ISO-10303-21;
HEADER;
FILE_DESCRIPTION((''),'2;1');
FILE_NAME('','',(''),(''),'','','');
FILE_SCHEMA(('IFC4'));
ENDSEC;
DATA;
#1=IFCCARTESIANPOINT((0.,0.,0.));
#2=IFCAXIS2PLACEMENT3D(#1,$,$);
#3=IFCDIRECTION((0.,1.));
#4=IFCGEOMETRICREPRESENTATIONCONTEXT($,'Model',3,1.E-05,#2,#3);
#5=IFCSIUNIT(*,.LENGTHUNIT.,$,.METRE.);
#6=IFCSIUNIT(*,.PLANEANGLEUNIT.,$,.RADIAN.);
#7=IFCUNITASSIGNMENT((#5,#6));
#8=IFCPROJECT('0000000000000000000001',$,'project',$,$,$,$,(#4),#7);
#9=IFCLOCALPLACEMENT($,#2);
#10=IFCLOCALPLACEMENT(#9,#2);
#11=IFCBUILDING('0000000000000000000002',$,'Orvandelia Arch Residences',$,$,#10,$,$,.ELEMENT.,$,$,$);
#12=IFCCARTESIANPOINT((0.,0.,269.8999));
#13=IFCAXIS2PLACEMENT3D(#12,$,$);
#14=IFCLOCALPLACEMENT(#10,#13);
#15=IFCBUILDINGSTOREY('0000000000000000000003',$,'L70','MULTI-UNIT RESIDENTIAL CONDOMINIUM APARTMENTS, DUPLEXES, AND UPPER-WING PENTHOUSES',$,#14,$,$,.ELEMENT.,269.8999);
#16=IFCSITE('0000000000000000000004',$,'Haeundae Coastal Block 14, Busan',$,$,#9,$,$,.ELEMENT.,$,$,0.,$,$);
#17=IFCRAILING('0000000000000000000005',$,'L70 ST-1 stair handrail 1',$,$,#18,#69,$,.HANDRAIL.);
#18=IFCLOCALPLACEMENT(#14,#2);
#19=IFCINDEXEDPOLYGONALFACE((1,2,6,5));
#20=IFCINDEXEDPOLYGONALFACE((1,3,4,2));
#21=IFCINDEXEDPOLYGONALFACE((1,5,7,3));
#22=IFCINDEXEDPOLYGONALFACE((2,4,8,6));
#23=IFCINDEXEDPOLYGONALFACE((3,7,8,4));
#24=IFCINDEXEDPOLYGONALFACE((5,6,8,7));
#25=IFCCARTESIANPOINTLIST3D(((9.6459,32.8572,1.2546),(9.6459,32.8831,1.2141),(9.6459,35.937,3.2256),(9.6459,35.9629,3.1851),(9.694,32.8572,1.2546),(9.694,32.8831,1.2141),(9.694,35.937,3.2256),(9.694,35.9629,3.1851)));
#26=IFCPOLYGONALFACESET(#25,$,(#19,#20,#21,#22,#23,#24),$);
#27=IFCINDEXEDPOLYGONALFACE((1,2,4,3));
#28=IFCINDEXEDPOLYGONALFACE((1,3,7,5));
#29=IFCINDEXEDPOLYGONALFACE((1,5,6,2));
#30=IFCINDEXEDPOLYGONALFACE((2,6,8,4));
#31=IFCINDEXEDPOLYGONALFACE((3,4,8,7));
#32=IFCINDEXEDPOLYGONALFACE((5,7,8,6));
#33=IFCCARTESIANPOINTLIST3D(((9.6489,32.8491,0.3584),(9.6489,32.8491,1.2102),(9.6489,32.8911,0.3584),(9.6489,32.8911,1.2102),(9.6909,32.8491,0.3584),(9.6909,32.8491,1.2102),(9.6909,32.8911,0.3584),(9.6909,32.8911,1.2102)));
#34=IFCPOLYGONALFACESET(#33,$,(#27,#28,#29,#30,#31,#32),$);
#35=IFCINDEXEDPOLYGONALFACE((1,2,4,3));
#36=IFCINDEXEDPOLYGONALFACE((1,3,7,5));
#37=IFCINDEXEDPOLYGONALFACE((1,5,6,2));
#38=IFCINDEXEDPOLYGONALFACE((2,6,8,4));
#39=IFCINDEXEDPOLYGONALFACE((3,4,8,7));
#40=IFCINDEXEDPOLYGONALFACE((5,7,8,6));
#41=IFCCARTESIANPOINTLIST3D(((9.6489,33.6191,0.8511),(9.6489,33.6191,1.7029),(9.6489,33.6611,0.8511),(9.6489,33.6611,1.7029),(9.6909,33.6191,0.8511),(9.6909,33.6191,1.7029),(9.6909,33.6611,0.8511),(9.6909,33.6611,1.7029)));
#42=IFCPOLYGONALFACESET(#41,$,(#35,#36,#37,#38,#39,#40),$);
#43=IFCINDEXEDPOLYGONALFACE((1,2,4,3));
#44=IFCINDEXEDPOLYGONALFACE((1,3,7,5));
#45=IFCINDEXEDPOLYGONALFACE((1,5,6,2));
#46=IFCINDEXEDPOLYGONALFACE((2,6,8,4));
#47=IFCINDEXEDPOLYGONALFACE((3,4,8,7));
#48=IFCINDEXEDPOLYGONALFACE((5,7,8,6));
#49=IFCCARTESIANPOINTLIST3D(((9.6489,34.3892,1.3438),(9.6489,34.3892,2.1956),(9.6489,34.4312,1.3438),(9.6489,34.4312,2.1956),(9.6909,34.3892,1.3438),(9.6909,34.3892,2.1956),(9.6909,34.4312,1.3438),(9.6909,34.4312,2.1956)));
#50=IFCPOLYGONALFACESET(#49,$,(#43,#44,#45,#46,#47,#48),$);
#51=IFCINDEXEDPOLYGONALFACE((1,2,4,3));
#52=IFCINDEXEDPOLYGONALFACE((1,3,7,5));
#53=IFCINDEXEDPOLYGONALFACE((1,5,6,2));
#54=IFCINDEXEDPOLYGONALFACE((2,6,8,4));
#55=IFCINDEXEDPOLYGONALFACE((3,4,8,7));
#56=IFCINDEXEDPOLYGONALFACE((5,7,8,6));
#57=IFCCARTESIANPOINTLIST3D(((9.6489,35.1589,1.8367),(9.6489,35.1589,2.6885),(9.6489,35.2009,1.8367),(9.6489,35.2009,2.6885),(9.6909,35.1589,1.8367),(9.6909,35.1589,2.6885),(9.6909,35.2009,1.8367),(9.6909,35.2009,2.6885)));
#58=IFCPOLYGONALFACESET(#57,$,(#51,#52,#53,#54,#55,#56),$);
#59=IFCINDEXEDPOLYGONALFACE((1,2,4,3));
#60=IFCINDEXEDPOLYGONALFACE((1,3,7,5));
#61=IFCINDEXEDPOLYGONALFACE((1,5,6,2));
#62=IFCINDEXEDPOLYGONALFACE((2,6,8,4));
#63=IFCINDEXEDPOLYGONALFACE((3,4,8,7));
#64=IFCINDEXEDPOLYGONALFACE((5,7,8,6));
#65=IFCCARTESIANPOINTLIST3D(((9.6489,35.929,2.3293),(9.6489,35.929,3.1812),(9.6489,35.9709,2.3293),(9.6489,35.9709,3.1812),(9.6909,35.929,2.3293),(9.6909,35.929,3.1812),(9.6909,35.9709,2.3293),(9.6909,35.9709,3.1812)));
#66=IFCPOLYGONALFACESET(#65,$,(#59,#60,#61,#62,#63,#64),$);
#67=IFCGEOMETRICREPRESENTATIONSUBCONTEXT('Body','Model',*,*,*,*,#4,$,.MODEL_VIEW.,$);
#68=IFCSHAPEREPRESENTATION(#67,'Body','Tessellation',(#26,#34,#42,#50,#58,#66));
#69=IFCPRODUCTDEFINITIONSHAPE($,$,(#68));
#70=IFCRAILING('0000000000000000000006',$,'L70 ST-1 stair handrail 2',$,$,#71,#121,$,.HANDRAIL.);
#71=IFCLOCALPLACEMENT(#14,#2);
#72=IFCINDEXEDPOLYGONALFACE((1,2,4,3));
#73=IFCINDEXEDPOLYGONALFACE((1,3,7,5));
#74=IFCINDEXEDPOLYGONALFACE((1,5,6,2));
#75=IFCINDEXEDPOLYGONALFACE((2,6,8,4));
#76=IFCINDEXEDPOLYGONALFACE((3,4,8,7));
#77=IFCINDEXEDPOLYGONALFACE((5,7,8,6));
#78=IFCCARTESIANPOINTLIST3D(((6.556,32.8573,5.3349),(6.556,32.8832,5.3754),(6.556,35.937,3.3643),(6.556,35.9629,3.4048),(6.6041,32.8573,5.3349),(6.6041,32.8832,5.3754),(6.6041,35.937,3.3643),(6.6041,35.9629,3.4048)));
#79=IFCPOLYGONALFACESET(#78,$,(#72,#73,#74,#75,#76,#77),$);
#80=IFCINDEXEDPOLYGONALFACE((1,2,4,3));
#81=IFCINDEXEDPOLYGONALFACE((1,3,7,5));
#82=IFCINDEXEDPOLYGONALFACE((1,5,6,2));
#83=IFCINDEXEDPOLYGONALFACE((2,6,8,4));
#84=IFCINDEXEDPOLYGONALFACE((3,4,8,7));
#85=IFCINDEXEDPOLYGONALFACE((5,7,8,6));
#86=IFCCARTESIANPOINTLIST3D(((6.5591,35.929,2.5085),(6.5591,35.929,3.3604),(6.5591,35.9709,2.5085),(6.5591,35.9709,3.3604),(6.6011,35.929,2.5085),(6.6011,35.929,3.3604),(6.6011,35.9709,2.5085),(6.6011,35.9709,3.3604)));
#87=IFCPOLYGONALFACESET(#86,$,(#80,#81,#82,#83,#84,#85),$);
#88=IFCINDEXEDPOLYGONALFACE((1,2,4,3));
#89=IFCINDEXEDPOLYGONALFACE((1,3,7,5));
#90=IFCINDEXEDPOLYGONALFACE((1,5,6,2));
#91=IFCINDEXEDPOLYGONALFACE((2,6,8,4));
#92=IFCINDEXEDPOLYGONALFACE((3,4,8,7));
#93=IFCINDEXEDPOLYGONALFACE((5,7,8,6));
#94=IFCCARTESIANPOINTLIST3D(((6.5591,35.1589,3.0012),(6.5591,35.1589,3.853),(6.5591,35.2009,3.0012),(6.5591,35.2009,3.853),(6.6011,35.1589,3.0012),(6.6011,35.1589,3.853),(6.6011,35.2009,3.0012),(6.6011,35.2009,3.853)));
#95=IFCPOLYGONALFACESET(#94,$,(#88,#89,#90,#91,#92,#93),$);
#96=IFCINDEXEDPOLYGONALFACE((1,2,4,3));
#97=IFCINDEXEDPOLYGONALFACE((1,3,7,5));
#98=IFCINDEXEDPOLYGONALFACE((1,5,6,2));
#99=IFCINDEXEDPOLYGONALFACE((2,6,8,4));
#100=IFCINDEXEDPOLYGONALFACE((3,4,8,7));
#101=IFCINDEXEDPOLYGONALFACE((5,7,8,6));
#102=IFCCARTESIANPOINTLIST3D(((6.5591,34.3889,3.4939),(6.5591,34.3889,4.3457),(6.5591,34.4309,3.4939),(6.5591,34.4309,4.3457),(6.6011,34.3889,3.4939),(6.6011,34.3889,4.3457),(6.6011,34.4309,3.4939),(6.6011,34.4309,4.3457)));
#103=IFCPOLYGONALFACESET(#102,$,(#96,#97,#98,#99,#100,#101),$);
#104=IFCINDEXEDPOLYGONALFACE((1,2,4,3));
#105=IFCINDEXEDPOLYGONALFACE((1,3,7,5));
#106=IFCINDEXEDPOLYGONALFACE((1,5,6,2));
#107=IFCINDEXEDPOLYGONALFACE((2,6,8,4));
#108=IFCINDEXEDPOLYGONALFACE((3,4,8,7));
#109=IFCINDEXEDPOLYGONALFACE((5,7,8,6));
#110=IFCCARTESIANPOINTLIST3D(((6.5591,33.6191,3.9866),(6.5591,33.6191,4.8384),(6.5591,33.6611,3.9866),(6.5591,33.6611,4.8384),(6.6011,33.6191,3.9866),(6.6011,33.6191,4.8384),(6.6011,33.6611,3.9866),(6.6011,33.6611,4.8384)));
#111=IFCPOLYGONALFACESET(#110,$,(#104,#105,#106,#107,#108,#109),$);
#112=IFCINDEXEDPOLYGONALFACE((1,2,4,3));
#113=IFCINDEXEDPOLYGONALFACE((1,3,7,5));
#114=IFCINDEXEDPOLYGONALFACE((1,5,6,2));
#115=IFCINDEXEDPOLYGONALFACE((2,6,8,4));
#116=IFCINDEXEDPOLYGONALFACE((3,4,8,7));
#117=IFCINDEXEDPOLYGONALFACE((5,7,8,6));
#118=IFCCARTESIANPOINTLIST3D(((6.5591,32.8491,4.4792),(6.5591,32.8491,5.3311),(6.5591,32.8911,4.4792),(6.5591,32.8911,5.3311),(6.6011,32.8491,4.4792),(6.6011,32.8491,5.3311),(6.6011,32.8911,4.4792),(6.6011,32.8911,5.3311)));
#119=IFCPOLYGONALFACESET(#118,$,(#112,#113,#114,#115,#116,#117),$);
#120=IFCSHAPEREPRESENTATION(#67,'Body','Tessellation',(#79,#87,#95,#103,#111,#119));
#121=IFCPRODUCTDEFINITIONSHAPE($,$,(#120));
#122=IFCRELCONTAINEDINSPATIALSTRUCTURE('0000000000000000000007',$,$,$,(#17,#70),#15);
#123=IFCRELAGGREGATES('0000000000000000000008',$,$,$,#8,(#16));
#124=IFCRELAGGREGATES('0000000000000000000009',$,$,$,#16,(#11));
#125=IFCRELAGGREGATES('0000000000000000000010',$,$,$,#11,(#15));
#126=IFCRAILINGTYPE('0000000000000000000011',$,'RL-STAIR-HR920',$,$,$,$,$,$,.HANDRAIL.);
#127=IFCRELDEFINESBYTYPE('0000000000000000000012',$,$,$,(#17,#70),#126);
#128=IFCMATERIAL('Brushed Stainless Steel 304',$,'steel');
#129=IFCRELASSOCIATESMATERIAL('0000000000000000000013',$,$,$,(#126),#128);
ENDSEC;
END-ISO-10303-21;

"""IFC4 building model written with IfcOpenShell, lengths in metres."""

from ifc_helpers import new_model, si_unit, direction, frame, origin, origin_2d, place, context, subcontext, project, spatial, rectangle, extrude, material, type_object, element, save


model = new_model("IFC4")

# Units and contexts
model_context = context("Model", 3, precision=1e-05, world=origin(), true_north=direction((0.0, 1.0)))
body_context = subcontext(model_context, "Body", "Model", "MODEL_VIEW")
ifc_project = project(units=[si_unit("LENGTHUNIT", "METRE"), si_unit("PLANEANGLEUNIT", "RADIAN")], contexts=[model_context])

# Site, building, storey
site_placement = place(None, origin())
site = spatial("IfcSite", under=ifc_project, at=site_placement, Name="Haeundae Coastal Block 14, Busan", CompositionType="ELEMENT", RefElevation=0.0)
building_placement = place(site_placement, origin())
building = spatial("IfcBuilding", under=site, at=building_placement, Name="Orvandelia Arch Residences", CompositionType="ELEMENT")
storey_placement = place(building_placement, frame((0.0, 0.0, 269.8999)))
storey = spatial("IfcBuildingStorey", under=building, at=storey_placement, Name="L70", Description="MULTI-UNIT RESIDENTIAL CONDOMINIUM APARTMENTS, DUPLEXES, AND UPPER-WING PENTHOUSES", CompositionType="ELEMENT", Elevation=269.8999)

# Railings
ifc_material_1 = material(Name="Brushed Stainless Steel 304", Category="steel")
railing_type_1 = type_object("IfcRailingType", Name="RL-STAIR-HR920", PredefinedType="HANDRAIL", material=ifc_material_1)
railing_1_placement = place(storey_placement, frame((9.6699, 32.8701, 0.3584)))
element("IfcRailing", 1, at=railing_1_placement, inside=storey, type_object=railing_type_1, Name="L70 ST-1 stair handrail 1", PredefinedType="HANDRAIL", context=body_context, shape_type="SweptSolid", body=[
    extrude(rectangle(XDim=0.0481, YDim=0.0481, at=origin_2d()), frame((0.0, 0.0, 0.876), z_axis=(0.0, 0.84229, 0.539025), x_axis=(-1.0, 0.0, 0.0)), (0.0, 0.0, 1.0), 3.6565),
    extrude(rectangle(XDim=0.042, YDim=0.042, at=origin_2d()), origin(), (0.0, 0.0, 1.0), 0.8518),
    extrude(rectangle(XDim=0.042, YDim=0.042, at=origin_2d()), frame((0.0, 0.77, 0.4927)), (0.0, 0.0, 1.0), 0.8518),
    extrude(rectangle(XDim=0.042, YDim=0.042, at=origin_2d()), frame((0.0, 1.54, 0.9854)), (0.0, 0.0, 1.0), 0.8518),
    extrude(rectangle(XDim=0.042, YDim=0.042, at=origin_2d()), frame((0.0, 2.3098, 1.4783)), (0.0, 0.0, 1.0), 0.8518),
    extrude(rectangle(XDim=0.042, YDim=0.042, at=origin_2d()), frame((0.0, 3.0798, 1.9709)), (0.0, 0.0, 1.0), 0.8518),
])
railing_2_placement = place(storey_placement, frame((6.5801, 35.95, 2.5085)))
element("IfcRailing", 2, at=railing_2_placement, inside=storey, type_object=railing_type_1, Name="L70 ST-1 stair handrail 2", PredefinedType="HANDRAIL", context=body_context, shape_type="SweptSolid", body=[
    extrude(rectangle(XDim=0.0481, YDim=0.0481, at=origin_2d()), frame((0.0, 0.0, 0.876), z_axis=(0.0, -0.84232, 0.538978), x_axis=(1.0, 0.0, 0.0)), (0.0, 0.0, 1.0), 3.6562),
    extrude(rectangle(XDim=0.042, YDim=0.042, at=origin_2d()), origin(), (0.0, 0.0, 1.0), 0.8518),
    extrude(rectangle(XDim=0.042, YDim=0.042, at=origin_2d()), frame((0.0, -0.77, 0.4927)), (0.0, 0.0, 1.0), 0.8518),
    extrude(rectangle(XDim=0.042, YDim=0.042, at=origin_2d()), frame((0.0, -1.54, 0.9854)), (0.0, 0.0, 1.0), 0.8518),
    extrude(rectangle(XDim=0.042, YDim=0.042, at=origin_2d()), frame((0.0, -2.3098, 1.478)), (0.0, 0.0, 1.0), 0.8518),
    extrude(rectangle(XDim=0.042, YDim=0.042, at=origin_2d()), frame((0.0, -3.0798, 1.9707)), (0.0, 0.0, 1.0), 0.8518),
])

save(model, "model.ifc")
